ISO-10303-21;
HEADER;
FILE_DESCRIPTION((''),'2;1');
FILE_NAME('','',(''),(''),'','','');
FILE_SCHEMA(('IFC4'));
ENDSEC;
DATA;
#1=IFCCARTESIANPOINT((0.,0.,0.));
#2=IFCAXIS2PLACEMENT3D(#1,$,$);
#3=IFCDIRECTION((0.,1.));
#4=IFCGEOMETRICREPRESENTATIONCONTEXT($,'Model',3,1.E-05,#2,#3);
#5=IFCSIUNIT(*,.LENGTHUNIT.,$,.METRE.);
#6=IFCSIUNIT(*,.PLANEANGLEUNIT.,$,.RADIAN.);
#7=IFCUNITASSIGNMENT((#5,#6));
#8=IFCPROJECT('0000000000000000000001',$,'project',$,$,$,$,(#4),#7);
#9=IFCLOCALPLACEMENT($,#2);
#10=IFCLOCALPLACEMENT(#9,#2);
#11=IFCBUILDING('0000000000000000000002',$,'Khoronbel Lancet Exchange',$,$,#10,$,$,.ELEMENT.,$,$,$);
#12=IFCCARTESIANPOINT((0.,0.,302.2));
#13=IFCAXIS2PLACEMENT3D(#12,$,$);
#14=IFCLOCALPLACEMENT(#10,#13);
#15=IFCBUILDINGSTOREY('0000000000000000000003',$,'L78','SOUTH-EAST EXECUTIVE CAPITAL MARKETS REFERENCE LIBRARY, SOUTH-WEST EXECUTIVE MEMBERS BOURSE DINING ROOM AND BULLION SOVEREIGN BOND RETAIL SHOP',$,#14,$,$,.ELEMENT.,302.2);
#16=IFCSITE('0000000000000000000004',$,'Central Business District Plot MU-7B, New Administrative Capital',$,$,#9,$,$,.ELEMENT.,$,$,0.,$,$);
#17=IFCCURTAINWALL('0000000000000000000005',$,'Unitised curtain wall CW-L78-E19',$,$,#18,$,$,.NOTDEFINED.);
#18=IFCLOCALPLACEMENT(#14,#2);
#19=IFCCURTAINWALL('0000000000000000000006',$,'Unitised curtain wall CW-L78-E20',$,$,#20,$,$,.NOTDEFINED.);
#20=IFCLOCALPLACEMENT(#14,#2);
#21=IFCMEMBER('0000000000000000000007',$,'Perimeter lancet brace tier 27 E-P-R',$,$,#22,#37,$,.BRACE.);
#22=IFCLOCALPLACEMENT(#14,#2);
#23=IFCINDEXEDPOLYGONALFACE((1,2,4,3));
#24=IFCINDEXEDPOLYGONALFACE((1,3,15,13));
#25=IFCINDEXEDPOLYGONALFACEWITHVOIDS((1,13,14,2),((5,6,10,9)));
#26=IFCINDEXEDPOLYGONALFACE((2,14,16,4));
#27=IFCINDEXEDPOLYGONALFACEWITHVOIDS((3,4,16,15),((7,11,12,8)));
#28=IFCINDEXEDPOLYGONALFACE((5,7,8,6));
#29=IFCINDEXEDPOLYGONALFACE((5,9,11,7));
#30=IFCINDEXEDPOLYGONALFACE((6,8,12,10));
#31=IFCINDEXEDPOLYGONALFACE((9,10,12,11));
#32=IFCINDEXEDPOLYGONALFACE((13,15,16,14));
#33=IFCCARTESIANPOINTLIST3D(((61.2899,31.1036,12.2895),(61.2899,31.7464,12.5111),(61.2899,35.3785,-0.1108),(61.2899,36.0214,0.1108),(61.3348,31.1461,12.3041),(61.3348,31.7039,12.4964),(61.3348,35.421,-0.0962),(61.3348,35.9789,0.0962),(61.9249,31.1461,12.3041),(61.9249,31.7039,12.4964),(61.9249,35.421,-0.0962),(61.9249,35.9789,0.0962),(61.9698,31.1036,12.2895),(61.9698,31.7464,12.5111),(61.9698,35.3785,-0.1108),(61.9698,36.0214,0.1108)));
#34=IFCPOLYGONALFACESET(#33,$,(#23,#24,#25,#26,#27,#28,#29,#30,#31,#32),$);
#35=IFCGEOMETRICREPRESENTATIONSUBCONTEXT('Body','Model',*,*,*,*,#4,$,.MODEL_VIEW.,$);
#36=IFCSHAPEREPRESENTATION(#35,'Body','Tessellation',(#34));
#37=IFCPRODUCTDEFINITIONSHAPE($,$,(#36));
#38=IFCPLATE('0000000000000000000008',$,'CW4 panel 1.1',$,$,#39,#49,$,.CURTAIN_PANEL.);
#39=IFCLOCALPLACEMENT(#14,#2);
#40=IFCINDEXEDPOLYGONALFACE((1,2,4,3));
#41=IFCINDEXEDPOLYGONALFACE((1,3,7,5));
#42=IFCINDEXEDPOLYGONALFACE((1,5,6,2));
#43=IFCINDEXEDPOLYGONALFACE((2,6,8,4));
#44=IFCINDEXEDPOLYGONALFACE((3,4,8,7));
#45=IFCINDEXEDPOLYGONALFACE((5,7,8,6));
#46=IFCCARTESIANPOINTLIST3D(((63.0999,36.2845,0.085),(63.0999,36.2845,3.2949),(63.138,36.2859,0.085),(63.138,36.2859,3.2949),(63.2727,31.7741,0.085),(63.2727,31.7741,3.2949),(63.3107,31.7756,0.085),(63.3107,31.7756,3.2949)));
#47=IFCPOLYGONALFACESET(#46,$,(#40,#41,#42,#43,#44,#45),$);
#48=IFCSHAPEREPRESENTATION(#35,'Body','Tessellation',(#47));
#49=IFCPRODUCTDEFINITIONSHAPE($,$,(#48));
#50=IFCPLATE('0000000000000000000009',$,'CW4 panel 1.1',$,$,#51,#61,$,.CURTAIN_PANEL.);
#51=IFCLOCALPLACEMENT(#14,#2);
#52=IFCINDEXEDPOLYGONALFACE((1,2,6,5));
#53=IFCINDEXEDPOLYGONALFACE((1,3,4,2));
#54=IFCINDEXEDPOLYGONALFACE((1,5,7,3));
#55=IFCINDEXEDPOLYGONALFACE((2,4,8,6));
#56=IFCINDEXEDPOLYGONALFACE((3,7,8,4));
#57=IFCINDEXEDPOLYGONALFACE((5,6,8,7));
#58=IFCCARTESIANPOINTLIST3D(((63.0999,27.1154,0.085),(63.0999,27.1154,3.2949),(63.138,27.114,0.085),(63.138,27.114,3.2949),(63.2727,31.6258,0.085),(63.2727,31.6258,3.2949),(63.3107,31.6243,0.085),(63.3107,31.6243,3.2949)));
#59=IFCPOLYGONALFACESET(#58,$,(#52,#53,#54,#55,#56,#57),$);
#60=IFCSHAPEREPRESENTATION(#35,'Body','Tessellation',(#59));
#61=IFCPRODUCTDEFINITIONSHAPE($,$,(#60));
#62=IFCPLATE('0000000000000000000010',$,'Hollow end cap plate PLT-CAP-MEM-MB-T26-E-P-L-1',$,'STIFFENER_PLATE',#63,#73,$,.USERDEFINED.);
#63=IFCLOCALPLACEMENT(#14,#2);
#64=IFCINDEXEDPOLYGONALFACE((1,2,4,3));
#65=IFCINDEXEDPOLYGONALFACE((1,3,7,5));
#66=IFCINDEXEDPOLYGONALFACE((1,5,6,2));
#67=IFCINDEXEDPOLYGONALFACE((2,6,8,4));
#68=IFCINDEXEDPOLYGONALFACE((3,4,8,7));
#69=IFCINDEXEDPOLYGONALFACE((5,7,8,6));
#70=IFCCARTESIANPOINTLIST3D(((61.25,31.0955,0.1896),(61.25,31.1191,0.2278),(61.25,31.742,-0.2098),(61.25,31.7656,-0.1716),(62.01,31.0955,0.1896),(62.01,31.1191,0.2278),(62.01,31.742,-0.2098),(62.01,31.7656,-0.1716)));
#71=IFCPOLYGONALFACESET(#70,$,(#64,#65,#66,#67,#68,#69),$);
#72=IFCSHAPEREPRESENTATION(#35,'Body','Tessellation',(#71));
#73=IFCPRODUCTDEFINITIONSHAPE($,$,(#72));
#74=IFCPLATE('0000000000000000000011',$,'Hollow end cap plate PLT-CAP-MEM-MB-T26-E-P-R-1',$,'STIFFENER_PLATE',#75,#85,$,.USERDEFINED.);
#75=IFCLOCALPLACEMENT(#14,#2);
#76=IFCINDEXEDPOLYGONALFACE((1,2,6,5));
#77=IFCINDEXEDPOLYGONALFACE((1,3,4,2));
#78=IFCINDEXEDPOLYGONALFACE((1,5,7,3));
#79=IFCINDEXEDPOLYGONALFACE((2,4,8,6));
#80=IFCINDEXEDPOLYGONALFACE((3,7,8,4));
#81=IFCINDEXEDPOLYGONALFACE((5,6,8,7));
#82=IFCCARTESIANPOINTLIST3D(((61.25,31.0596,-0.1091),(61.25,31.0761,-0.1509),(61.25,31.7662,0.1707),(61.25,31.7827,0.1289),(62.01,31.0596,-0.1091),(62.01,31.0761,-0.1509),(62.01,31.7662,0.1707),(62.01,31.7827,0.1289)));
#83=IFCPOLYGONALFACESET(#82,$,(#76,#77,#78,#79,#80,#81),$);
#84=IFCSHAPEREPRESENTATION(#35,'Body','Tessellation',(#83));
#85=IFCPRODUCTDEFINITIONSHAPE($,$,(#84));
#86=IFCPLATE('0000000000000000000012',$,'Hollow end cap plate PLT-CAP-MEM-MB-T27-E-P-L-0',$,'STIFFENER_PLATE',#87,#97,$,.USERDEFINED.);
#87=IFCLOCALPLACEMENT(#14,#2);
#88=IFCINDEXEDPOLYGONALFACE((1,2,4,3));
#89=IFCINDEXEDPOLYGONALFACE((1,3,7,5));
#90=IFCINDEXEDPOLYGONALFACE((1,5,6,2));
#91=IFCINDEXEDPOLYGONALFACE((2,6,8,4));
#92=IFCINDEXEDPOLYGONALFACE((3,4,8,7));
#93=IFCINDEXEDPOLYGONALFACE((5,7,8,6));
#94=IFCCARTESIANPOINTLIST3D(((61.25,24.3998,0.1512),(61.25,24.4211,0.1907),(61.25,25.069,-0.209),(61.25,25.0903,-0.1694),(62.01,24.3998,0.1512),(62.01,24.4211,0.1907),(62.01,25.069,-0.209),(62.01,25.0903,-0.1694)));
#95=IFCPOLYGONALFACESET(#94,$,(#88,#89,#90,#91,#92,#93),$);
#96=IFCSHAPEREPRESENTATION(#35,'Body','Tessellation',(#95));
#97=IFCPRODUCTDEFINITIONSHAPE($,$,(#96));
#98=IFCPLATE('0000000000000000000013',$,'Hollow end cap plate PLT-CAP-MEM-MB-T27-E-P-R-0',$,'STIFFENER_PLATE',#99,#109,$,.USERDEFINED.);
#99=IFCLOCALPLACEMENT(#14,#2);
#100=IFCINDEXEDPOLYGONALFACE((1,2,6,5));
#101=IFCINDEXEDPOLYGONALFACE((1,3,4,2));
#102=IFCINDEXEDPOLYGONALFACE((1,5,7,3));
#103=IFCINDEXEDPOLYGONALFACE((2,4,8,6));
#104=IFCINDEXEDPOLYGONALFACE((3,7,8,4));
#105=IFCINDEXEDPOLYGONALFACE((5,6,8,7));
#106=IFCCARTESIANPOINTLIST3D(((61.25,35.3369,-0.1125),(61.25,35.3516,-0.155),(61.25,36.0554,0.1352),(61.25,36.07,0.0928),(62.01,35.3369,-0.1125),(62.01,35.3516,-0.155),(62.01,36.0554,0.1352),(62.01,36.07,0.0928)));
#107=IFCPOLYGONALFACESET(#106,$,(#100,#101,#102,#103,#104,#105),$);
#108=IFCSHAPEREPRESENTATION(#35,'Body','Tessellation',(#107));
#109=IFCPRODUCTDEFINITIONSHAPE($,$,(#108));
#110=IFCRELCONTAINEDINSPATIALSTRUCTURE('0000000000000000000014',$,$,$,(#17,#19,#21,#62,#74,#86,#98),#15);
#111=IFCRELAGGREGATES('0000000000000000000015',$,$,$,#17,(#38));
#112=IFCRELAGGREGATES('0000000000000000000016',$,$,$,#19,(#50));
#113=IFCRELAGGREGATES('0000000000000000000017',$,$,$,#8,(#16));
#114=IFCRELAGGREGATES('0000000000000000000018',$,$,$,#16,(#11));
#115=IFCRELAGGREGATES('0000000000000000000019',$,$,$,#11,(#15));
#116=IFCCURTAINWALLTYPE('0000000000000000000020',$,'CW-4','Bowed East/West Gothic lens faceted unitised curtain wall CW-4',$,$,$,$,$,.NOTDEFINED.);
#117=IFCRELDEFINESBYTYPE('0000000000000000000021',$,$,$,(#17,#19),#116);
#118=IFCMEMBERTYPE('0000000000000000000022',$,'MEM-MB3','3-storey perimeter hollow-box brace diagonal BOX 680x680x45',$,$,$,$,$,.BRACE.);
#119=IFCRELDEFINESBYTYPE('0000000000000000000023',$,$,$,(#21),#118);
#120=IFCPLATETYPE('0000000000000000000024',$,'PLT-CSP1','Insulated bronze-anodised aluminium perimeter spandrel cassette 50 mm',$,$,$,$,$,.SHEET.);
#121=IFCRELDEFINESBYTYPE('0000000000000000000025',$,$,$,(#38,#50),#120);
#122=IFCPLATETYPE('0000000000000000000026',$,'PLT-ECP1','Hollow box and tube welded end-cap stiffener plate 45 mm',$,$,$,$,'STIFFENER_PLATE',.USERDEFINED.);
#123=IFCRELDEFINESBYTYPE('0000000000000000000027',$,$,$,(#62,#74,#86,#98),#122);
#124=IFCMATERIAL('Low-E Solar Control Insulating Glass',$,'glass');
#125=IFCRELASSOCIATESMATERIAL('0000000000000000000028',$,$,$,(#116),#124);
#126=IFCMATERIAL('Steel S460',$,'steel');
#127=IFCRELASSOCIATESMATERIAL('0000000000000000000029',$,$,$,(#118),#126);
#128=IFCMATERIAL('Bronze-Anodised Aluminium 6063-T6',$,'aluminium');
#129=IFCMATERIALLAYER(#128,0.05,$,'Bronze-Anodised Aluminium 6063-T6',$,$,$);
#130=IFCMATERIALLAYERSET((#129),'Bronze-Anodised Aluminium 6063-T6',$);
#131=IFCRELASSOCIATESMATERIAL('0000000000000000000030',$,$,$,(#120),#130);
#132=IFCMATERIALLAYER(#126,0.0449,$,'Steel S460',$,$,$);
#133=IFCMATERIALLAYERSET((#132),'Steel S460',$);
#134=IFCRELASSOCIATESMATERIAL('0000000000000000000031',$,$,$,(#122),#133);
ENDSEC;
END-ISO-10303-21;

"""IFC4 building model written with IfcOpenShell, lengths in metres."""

from ifc_helpers import new_model, si_unit, direction, frame, origin, origin_2d, place, context, subcontext, project, spatial, polyline, rectangle, hollow_rectangle, outline, extrude, material, layer, layer_set, material_profile, profile_set, type_object, element, aggregate, save


model = new_model("IFC4")

# Units and contexts
model_context = context("Model", 3, precision=1e-05, world=origin(), true_north=direction((0.0, 1.0)))
body_context = subcontext(model_context, "Body", "Model", "MODEL_VIEW")
ifc_project = project(units=[si_unit("LENGTHUNIT", "METRE"), si_unit("PLANEANGLEUNIT", "RADIAN")], contexts=[model_context])

# Site, building, storey
site_placement = place(None, origin())
site = spatial("IfcSite", under=ifc_project, at=site_placement, Name="Central Business District Plot MU-7B, New Administrative Capital", CompositionType="ELEMENT", RefElevation=0.0)
building_placement = place(site_placement, origin())
building = spatial("IfcBuilding", under=site, at=building_placement, Name="Khoronbel Lancet Exchange", CompositionType="ELEMENT")
storey_placement = place(building_placement, frame((0.0, 0.0, 302.2)))
storey = spatial("IfcBuildingStorey", under=building, at=storey_placement, Name="L78", Description="SOUTH-EAST EXECUTIVE CAPITAL MARKETS REFERENCE LIBRARY, SOUTH-WEST EXECUTIVE MEMBERS BOURSE DINING ROOM AND BULLION SOVEREIGN BOND RETAIL SHOP", CompositionType="ELEMENT", Elevation=302.2)

# Curtain wall
ifc_material_1 = material(Name="Low-E Solar Control Insulating Glass", Category="glass")
curtain_wall_type = type_object("IfcCurtainWallType", Name="CW-4", Description="Bowed East/West Gothic lens faceted unitised curtain wall CW-4", PredefinedType="NOTDEFINED", material=ifc_material_1)
curtain_wall_1_placement = place(storey_placement, origin())
curtain_wall_1 = element("IfcCurtainWall", 1, at=curtain_wall_1_placement, inside=storey, type_object=curtain_wall_type, Name="Unitised curtain wall CW-L78-E19", PredefinedType="NOTDEFINED")
ifc_material_2 = material(Name="Bronze-Anodised Aluminium 6063-T6", Category="aluminium")

# Curtain wall
curtain_wall_2_placement = place(storey_placement, origin())
curtain_wall_2 = element("IfcCurtainWall", 2, at=curtain_wall_2_placement, inside=storey, type_object=curtain_wall_type, Name="Unitised curtain wall CW-L78-E20", PredefinedType="NOTDEFINED")

# Member
ifc_material_3 = material(Name="Steel S460", Category="steel")
ifc_material_profile_1 = material_profile(ifc_material_3, hollow_rectangle(XDim=0.6799, YDim=0.6799, WallThickness=0.0449, at=origin_2d()), Name="BOX 680x680x45")
ifc_profile_set_1 = profile_set([ifc_material_profile_1], Name="Steel S460")
member_type_1 = type_object("IfcMemberType", Name="MEM-MB3", Description="3-storey perimeter hollow-box brace diagonal BOX 680x680x45", PredefinedType="BRACE", material=ifc_profile_set_1)
member_1_placement = place(storey_placement, frame((61.6299, 35.7, 0.0), z_axis=(0.0, -0.325922, 0.945397), x_axis=(1.0, 0.0, 0.0)))
element("IfcMember", 3, at=member_1_placement, inside=storey, type_object=member_type_1, Name="Perimeter lancet brace tier 27 E-P-R", PredefinedType="BRACE", context=body_context, shape_type="SweptSolid", body=[
    extrude(hollow_rectangle(XDim=0.6799, YDim=0.6799, WallThickness=0.0449, at=origin_2d()), origin(), (0.0, 0.0, 1.0), 13.1165),
])

# Plates
ifc_layer_1 = layer(ifc_material_2, 0.05, Name="Bronze-Anodised Aluminium 6063-T6")
ifc_layer_set_1 = layer_set([ifc_layer_1], Name="Bronze-Anodised Aluminium 6063-T6")
plate_type_1 = type_object("IfcPlateType", Name="PLT-CSP1", Description="Insulated bronze-anodised aluminium perimeter spandrel cassette 50 mm", PredefinedType="SHEET", material=ifc_layer_set_1)
plate_1_placement = place(storey_placement, frame((63.2053, 34.03, 0.085), z_axis=(0.0, 0.0, 1.0), x_axis=(0.038274, -0.999267, 0.0)))
plate_1 = element("IfcPlate", 4, at=plate_1_placement, type_object=plate_type_1, Name="CW4 panel 1.1", PredefinedType="CURTAIN_PANEL", context=body_context, shape_type="SweptSolid", body=[
    extrude(rectangle(XDim=4.5137, YDim=0.0381, at=origin_2d()), origin(), (0.0, 0.0, 1.0), 3.21),
])
aggregate(curtain_wall_1, [plate_1])
plate_2_placement = place(storey_placement, frame((63.2053, 29.3699, 0.085), z_axis=(0.0, 0.0, 1.0), x_axis=(-0.038274, -0.999267, 0.0)))
plate_2 = element("IfcPlate", 5, at=plate_2_placement, type_object=plate_type_1, Name="CW4 panel 1.1", PredefinedType="CURTAIN_PANEL", context=body_context, shape_type="SweptSolid", body=[
    extrude(rectangle(XDim=4.5137, YDim=0.0381, at=origin_2d()), origin(), (0.0, 0.0, 1.0), 3.21),
])
aggregate(curtain_wall_2, [plate_2])

# Plates
ifc_layer_2 = layer(ifc_material_3, 0.0449, Name="Steel S460")
ifc_layer_set_2 = layer_set([ifc_layer_2], Name="Steel S460")
plate_type_2 = type_object("IfcPlateType", Name="PLT-ECP1", Description="Hollow box and tube welded end-cap stiffener plate 45 mm", ElementType="STIFFENER_PLATE", PredefinedType="USERDEFINED", material=ifc_layer_set_2)
for number, where, z_axis, x_axis, name in (
    (6, (62.01, 31.7656, -0.1716), (0.0, 0.525602, 0.85073), (-1.0, 0.0, 0.0), "Hollow end cap plate PLT-CAP-MEM-MB-T26-E-P-L-1"),
    (7, (61.25, 31.0596, -0.1091), (0.0, -0.368176, 0.929756), (1.0, 0.0, 0.0), "Hollow end cap plate PLT-CAP-MEM-MB-T26-E-P-R-1"),
    (8, (62.01, 25.0903, -0.1694), (0.0, 0.47387, 0.880595), (-1.0, 0.0, 0.0), "Hollow end cap plate PLT-CAP-MEM-MB-T27-E-P-L-0"),
    (9, (61.25, 35.3369, -0.1125), (0.0, -0.32604, 0.945356), (1.0, 0.0, 0.0), "Hollow end cap plate PLT-CAP-MEM-MB-T27-E-P-R-0"),
):
    element("IfcPlate", number, at=place(storey_placement, frame(where, z_axis=z_axis, x_axis=x_axis)), inside=storey, type_object=plate_type_2, Name=name, ObjectType="STIFFENER_PLATE", PredefinedType="USERDEFINED", context=body_context, shape_type="SweptSolid", body=[
        extrude(outline(polyline([(0.0, 0.0), (0.76, 0.0), (0.76, 0.76), (0.0, 0.76), (0.0, 0.0)])), origin(), (0.0, 0.0, -1.0), 0.0449),
    ])

save(model, "model.ifc")
